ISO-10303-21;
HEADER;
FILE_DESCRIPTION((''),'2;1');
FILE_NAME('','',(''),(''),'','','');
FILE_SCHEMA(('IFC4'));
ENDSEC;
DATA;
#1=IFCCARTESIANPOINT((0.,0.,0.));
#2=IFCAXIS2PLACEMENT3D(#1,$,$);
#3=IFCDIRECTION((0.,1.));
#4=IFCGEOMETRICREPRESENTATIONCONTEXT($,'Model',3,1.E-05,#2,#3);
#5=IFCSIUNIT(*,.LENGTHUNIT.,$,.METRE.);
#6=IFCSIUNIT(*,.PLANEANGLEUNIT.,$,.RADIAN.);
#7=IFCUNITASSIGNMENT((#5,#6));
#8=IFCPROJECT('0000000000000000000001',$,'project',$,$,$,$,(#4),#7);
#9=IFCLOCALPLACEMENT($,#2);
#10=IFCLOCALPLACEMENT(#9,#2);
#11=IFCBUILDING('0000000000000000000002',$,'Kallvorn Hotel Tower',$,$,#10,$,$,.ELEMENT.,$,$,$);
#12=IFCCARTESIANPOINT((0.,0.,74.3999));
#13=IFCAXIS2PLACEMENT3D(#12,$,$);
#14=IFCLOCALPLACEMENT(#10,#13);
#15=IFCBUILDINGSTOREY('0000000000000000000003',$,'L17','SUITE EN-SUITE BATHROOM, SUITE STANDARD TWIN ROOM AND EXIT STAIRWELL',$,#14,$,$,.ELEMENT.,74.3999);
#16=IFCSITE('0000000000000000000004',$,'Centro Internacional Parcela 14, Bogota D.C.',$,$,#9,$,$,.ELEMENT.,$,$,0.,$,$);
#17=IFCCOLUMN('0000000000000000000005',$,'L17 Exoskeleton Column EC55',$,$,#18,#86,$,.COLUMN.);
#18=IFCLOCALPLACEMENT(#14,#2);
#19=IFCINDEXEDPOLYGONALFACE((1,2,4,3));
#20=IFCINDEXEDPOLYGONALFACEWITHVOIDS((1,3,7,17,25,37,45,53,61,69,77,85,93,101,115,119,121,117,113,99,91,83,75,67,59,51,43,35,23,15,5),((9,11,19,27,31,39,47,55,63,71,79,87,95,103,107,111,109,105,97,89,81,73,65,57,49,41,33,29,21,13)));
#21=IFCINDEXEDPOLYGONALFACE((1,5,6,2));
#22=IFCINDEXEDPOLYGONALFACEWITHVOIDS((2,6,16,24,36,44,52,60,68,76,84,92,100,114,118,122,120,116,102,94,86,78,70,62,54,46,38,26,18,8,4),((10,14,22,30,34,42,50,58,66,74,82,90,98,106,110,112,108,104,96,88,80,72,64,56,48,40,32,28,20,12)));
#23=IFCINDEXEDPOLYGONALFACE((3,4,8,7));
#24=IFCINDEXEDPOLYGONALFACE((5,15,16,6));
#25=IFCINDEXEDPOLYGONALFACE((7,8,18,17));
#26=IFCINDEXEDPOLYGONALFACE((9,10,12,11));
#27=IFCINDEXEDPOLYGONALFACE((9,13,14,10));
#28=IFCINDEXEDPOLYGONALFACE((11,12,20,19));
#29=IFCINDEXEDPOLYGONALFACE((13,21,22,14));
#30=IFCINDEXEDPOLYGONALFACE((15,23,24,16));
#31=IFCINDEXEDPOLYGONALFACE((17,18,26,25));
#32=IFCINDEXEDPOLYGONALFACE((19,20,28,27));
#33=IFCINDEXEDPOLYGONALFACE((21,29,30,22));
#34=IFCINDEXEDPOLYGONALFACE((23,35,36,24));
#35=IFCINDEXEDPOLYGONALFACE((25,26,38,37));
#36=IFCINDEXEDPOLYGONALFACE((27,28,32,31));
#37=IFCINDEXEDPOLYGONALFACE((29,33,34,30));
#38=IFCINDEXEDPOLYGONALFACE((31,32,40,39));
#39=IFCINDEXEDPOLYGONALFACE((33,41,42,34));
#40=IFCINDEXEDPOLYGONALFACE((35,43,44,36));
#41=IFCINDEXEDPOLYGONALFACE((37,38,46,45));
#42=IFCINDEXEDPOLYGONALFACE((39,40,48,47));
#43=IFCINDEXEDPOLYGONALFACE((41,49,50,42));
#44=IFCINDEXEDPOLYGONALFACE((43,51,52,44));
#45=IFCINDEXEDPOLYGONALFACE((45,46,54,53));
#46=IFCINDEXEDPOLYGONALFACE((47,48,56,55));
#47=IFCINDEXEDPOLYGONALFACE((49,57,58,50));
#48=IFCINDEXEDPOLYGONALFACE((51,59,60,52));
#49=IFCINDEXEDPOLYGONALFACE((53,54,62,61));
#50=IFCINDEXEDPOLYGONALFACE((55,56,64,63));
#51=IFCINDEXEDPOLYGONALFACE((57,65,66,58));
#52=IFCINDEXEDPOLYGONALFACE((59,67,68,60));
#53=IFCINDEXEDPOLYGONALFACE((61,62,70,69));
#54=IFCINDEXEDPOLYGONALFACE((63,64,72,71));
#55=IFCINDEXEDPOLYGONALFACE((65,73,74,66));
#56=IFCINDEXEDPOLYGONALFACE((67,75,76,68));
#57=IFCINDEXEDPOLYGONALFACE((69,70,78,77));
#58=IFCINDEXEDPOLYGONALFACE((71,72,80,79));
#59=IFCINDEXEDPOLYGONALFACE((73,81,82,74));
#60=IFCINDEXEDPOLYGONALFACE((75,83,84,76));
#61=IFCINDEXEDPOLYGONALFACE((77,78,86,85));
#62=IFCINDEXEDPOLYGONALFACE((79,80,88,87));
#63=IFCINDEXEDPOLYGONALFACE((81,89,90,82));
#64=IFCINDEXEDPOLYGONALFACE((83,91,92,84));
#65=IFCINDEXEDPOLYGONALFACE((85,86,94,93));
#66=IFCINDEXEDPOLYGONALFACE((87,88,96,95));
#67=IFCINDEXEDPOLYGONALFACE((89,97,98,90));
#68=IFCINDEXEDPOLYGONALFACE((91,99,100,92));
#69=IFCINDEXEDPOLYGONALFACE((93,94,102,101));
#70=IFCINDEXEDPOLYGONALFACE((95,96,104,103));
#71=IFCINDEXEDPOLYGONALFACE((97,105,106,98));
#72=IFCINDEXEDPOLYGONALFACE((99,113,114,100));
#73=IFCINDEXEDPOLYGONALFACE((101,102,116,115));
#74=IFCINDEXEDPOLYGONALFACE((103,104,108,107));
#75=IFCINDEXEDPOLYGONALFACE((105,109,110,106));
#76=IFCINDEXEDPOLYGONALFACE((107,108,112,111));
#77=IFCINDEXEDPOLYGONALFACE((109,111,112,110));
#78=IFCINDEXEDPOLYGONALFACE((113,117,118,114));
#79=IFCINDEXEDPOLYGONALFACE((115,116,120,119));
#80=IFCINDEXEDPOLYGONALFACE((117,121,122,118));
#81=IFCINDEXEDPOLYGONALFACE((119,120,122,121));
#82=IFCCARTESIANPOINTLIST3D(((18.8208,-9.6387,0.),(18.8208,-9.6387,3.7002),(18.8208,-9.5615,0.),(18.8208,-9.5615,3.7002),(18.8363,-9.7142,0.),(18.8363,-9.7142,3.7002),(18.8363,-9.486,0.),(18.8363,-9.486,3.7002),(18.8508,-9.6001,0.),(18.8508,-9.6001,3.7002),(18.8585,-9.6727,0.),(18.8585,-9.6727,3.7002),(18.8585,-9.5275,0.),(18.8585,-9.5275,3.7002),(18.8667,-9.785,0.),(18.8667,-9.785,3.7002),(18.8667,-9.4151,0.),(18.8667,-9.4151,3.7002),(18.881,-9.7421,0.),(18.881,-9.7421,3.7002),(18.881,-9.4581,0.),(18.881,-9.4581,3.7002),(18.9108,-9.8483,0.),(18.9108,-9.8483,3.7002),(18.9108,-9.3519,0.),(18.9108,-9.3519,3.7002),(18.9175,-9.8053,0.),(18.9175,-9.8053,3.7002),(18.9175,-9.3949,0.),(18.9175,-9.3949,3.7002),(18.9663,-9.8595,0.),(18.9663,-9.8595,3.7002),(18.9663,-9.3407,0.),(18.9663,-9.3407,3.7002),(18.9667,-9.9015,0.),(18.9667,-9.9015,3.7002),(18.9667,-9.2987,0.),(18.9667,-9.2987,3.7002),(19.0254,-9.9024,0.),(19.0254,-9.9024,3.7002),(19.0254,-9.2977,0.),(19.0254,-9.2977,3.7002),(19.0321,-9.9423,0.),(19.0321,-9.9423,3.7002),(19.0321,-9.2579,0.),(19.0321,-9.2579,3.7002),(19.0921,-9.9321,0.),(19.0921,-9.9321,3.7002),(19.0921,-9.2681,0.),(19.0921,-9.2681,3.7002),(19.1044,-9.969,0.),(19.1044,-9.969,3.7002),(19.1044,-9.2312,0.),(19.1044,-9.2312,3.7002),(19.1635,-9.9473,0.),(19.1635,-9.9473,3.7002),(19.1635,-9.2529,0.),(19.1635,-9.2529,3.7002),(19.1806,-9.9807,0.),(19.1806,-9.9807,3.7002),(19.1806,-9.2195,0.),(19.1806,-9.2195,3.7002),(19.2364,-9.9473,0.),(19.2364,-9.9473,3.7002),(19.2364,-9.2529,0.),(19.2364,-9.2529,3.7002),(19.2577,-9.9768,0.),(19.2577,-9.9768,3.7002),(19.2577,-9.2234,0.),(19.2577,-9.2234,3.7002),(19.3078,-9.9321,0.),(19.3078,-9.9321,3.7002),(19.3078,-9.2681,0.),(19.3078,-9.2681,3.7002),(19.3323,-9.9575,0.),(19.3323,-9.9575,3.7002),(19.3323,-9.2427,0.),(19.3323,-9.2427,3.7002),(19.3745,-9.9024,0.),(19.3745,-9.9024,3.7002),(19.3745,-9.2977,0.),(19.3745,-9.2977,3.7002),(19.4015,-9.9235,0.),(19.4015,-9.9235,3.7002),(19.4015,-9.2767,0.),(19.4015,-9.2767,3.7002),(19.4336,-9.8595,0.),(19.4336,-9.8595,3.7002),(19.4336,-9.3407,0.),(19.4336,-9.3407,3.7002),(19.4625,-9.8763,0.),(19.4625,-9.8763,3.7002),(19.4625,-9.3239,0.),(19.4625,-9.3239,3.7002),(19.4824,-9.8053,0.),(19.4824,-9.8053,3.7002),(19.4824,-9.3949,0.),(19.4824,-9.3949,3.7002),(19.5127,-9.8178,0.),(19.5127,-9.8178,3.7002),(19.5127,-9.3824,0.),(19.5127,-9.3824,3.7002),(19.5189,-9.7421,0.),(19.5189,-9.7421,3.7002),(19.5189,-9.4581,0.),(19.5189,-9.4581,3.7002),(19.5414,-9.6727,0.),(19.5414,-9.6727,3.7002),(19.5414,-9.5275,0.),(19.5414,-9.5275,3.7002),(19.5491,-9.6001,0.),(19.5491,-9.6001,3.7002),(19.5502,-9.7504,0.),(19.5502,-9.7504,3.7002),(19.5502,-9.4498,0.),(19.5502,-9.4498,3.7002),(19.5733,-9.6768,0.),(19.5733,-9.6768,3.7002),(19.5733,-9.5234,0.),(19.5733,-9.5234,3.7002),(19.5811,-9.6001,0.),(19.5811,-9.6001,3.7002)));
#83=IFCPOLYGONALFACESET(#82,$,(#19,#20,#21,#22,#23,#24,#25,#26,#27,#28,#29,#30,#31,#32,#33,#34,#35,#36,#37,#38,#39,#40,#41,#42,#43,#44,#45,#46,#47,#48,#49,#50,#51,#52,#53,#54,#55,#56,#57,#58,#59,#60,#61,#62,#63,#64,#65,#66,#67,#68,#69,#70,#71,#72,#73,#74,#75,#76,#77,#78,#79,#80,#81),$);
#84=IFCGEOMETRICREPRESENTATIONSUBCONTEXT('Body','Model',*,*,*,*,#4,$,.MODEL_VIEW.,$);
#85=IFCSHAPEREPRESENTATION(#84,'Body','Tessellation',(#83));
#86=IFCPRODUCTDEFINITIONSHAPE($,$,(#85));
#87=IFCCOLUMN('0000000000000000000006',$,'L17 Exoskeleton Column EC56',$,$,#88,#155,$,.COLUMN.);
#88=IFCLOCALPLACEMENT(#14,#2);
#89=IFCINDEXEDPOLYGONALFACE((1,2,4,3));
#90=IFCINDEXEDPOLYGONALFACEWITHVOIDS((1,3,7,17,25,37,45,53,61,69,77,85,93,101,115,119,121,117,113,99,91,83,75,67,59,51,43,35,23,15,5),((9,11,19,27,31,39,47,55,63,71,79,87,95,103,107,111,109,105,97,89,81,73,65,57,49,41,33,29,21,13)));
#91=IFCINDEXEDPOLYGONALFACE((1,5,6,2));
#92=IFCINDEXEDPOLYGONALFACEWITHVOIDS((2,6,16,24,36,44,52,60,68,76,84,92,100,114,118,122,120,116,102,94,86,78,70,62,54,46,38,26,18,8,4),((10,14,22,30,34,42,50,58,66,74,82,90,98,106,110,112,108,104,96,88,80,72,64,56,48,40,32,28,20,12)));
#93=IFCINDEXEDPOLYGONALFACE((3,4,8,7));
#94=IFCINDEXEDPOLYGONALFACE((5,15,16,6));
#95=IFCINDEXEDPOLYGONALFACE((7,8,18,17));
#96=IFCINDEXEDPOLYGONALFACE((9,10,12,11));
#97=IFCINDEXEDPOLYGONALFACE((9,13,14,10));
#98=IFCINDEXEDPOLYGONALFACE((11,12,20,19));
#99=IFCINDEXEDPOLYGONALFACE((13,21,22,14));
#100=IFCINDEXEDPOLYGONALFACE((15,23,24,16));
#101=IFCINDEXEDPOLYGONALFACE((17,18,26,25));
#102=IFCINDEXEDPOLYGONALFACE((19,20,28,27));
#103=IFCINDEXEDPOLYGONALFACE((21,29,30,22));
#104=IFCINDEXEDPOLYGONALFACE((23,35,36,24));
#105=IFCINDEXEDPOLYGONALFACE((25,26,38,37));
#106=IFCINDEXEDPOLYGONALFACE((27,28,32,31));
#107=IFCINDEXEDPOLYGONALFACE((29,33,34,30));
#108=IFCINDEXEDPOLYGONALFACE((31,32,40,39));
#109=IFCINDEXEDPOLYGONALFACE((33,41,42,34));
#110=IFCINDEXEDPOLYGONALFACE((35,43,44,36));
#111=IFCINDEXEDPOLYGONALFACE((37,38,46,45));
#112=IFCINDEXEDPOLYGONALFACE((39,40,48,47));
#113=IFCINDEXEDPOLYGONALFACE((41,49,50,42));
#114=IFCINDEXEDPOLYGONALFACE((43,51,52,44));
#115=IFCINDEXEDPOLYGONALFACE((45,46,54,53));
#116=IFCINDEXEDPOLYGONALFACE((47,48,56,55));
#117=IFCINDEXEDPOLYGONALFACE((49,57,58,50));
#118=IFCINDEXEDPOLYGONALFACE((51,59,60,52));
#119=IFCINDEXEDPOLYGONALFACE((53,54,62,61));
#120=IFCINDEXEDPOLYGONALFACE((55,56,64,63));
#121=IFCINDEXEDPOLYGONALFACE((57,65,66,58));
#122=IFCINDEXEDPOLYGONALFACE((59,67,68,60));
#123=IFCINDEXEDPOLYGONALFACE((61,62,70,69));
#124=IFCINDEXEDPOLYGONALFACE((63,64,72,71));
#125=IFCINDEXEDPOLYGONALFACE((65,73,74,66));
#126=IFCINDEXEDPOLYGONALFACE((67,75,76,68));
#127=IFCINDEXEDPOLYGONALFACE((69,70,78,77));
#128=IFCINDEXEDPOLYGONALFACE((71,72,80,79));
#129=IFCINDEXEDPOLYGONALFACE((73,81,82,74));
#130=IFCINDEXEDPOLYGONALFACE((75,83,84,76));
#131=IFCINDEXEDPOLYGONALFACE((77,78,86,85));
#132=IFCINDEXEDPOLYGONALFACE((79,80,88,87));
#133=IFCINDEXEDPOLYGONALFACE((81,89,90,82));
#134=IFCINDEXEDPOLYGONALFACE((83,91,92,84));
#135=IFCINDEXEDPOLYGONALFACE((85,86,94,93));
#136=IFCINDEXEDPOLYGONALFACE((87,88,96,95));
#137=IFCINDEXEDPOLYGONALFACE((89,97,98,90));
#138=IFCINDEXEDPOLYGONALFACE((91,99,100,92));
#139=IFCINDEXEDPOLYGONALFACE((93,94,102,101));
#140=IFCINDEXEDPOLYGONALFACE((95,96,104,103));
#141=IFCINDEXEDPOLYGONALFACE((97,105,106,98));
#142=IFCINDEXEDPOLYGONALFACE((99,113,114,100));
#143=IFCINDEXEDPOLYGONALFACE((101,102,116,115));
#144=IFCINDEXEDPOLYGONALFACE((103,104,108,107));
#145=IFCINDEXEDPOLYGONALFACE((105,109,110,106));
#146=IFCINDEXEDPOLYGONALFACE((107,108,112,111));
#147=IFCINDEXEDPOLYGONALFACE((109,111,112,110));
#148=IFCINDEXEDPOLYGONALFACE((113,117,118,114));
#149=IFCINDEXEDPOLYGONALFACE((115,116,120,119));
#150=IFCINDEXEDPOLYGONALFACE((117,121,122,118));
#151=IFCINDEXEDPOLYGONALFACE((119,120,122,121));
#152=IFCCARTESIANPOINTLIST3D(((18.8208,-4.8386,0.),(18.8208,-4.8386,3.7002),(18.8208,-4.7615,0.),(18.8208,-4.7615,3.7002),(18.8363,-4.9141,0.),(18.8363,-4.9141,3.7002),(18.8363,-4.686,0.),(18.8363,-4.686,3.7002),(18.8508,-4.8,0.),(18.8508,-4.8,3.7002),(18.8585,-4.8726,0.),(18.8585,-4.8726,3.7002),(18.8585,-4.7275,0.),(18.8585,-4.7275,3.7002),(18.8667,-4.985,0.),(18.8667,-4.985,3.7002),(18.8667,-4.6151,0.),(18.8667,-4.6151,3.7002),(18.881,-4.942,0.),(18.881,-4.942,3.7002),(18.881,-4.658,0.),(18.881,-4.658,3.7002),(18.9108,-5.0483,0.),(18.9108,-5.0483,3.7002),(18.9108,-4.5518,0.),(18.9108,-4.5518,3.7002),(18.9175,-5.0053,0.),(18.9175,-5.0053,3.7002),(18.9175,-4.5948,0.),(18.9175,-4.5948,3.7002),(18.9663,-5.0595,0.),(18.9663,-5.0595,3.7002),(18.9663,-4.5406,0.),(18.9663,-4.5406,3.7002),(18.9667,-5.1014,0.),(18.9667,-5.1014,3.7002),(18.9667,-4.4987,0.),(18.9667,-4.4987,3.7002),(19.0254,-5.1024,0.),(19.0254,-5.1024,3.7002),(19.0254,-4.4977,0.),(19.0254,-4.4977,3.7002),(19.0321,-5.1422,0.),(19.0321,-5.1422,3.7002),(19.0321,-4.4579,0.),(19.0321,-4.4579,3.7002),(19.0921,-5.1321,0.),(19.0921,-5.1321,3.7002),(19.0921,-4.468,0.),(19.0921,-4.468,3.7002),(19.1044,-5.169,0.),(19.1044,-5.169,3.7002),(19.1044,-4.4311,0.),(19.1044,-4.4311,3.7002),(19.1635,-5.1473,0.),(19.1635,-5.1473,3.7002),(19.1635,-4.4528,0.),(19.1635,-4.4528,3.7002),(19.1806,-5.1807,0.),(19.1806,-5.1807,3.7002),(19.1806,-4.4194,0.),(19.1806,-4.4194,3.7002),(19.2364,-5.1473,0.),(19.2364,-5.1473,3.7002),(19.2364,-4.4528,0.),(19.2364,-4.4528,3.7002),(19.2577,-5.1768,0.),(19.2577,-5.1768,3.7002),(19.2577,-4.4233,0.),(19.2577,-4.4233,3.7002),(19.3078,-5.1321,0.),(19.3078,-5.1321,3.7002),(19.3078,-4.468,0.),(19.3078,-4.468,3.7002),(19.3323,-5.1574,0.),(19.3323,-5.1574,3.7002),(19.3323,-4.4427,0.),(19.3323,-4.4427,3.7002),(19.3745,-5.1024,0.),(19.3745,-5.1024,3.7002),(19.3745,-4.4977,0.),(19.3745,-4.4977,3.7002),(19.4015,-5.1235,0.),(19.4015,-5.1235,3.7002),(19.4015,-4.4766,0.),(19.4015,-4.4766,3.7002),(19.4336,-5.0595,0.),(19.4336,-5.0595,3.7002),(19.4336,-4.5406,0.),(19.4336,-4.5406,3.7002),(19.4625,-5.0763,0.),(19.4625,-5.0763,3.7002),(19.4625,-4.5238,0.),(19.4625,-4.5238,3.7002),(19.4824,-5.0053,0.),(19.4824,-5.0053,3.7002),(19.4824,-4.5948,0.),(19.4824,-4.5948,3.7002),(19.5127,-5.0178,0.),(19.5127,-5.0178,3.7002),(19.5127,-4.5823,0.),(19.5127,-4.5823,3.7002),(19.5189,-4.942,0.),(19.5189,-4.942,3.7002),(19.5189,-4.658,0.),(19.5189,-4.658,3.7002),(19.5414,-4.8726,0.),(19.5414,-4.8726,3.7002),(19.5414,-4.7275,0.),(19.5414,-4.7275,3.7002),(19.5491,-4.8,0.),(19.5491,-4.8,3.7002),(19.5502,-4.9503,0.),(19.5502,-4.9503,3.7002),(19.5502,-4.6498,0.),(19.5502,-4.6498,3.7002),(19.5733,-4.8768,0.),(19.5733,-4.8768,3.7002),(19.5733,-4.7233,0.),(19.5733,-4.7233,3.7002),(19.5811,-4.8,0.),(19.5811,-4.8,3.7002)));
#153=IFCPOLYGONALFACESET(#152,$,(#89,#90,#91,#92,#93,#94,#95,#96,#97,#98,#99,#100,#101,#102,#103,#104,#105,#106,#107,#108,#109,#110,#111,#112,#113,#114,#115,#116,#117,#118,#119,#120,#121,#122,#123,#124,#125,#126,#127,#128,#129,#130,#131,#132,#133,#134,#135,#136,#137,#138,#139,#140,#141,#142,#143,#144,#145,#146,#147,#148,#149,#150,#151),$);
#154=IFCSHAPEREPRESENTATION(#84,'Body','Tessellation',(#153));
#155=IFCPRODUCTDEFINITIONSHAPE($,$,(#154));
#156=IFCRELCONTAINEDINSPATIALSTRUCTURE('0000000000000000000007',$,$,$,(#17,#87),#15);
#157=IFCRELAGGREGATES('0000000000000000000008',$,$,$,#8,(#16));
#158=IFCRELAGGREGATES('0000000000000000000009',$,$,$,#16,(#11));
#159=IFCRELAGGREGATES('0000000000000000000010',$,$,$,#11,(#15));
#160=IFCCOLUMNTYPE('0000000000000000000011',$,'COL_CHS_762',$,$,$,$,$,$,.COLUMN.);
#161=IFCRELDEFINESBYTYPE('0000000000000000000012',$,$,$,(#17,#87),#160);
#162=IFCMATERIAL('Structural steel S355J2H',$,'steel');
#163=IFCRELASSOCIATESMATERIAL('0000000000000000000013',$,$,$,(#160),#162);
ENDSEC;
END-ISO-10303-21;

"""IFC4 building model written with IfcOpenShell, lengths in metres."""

from ifc_helpers import new_model, si_unit, direction, frame, origin, origin_2d, place, context, subcontext, project, spatial, hollow_circle, extrude, material, material_profile, profile_set, type_object, element, save


model = new_model("IFC4")

# Units and contexts
model_context = context("Model", 3, precision=1e-05, world=origin(), true_north=direction((0.0, 1.0)))
body_context = subcontext(model_context, "Body", "Model", "MODEL_VIEW")
ifc_project = project(units=[si_unit("LENGTHUNIT", "METRE"), si_unit("PLANEANGLEUNIT", "RADIAN")], contexts=[model_context])

# Site, building, storey
site_placement = place(None, origin())
site = spatial("IfcSite", under=ifc_project, at=site_placement, Name="Centro Internacional Parcela 14, Bogota D.C.", CompositionType="ELEMENT", RefElevation=0.0)
building_placement = place(site_placement, origin())
building = spatial("IfcBuilding", under=site, at=building_placement, Name="Kallvorn Hotel Tower", CompositionType="ELEMENT")
storey_placement = place(building_placement, frame((0.0, 0.0, 74.3999)))
storey = spatial("IfcBuildingStorey", under=building, at=storey_placement, Name="L17", Description="SUITE EN-SUITE BATHROOM, SUITE STANDARD TWIN ROOM AND EXIT STAIRWELL", CompositionType="ELEMENT", Elevation=74.3999)

# Columns
ifc_material_1 = material(Name="Structural steel S355J2H", Category="steel")
ifc_material_profile_1 = material_profile(ifc_material_1, hollow_circle(Radius=0.3811, WallThickness=0.032, at=origin_2d()), Name="CHS 762x32")
ifc_profile_set_1 = profile_set([ifc_material_profile_1], Name="Structural steel S355J2H")
column_type_1 = type_object("IfcColumnType", Name="COL_CHS_762", PredefinedType="COLUMN", material=ifc_profile_set_1)
for number, where, z_axis, x_axis, name in (
    (1, (19.2, -9.6001, 0.0), (0.0, 0.0, 1.0), (1.0, 0.0, 0.0), "L17 Exoskeleton Column EC55"),
    (2, (19.2, -4.8, 0.0), (0.0, 0.0, 1.0), (1.0, 0.0, 0.0), "L17 Exoskeleton Column EC56"),
):
    element("IfcColumn", number, at=place(storey_placement, frame(where, z_axis=z_axis, x_axis=x_axis)), inside=storey, type_object=column_type_1, Name=name, PredefinedType="COLUMN", context=body_context, shape_type="SweptSolid", body=[
        extrude(hollow_circle(Radius=0.3811, WallThickness=0.032, at=origin_2d()), origin(), (0.0, 0.0, 1.0), 3.7002),
    ])

save(model, "model.ifc")
